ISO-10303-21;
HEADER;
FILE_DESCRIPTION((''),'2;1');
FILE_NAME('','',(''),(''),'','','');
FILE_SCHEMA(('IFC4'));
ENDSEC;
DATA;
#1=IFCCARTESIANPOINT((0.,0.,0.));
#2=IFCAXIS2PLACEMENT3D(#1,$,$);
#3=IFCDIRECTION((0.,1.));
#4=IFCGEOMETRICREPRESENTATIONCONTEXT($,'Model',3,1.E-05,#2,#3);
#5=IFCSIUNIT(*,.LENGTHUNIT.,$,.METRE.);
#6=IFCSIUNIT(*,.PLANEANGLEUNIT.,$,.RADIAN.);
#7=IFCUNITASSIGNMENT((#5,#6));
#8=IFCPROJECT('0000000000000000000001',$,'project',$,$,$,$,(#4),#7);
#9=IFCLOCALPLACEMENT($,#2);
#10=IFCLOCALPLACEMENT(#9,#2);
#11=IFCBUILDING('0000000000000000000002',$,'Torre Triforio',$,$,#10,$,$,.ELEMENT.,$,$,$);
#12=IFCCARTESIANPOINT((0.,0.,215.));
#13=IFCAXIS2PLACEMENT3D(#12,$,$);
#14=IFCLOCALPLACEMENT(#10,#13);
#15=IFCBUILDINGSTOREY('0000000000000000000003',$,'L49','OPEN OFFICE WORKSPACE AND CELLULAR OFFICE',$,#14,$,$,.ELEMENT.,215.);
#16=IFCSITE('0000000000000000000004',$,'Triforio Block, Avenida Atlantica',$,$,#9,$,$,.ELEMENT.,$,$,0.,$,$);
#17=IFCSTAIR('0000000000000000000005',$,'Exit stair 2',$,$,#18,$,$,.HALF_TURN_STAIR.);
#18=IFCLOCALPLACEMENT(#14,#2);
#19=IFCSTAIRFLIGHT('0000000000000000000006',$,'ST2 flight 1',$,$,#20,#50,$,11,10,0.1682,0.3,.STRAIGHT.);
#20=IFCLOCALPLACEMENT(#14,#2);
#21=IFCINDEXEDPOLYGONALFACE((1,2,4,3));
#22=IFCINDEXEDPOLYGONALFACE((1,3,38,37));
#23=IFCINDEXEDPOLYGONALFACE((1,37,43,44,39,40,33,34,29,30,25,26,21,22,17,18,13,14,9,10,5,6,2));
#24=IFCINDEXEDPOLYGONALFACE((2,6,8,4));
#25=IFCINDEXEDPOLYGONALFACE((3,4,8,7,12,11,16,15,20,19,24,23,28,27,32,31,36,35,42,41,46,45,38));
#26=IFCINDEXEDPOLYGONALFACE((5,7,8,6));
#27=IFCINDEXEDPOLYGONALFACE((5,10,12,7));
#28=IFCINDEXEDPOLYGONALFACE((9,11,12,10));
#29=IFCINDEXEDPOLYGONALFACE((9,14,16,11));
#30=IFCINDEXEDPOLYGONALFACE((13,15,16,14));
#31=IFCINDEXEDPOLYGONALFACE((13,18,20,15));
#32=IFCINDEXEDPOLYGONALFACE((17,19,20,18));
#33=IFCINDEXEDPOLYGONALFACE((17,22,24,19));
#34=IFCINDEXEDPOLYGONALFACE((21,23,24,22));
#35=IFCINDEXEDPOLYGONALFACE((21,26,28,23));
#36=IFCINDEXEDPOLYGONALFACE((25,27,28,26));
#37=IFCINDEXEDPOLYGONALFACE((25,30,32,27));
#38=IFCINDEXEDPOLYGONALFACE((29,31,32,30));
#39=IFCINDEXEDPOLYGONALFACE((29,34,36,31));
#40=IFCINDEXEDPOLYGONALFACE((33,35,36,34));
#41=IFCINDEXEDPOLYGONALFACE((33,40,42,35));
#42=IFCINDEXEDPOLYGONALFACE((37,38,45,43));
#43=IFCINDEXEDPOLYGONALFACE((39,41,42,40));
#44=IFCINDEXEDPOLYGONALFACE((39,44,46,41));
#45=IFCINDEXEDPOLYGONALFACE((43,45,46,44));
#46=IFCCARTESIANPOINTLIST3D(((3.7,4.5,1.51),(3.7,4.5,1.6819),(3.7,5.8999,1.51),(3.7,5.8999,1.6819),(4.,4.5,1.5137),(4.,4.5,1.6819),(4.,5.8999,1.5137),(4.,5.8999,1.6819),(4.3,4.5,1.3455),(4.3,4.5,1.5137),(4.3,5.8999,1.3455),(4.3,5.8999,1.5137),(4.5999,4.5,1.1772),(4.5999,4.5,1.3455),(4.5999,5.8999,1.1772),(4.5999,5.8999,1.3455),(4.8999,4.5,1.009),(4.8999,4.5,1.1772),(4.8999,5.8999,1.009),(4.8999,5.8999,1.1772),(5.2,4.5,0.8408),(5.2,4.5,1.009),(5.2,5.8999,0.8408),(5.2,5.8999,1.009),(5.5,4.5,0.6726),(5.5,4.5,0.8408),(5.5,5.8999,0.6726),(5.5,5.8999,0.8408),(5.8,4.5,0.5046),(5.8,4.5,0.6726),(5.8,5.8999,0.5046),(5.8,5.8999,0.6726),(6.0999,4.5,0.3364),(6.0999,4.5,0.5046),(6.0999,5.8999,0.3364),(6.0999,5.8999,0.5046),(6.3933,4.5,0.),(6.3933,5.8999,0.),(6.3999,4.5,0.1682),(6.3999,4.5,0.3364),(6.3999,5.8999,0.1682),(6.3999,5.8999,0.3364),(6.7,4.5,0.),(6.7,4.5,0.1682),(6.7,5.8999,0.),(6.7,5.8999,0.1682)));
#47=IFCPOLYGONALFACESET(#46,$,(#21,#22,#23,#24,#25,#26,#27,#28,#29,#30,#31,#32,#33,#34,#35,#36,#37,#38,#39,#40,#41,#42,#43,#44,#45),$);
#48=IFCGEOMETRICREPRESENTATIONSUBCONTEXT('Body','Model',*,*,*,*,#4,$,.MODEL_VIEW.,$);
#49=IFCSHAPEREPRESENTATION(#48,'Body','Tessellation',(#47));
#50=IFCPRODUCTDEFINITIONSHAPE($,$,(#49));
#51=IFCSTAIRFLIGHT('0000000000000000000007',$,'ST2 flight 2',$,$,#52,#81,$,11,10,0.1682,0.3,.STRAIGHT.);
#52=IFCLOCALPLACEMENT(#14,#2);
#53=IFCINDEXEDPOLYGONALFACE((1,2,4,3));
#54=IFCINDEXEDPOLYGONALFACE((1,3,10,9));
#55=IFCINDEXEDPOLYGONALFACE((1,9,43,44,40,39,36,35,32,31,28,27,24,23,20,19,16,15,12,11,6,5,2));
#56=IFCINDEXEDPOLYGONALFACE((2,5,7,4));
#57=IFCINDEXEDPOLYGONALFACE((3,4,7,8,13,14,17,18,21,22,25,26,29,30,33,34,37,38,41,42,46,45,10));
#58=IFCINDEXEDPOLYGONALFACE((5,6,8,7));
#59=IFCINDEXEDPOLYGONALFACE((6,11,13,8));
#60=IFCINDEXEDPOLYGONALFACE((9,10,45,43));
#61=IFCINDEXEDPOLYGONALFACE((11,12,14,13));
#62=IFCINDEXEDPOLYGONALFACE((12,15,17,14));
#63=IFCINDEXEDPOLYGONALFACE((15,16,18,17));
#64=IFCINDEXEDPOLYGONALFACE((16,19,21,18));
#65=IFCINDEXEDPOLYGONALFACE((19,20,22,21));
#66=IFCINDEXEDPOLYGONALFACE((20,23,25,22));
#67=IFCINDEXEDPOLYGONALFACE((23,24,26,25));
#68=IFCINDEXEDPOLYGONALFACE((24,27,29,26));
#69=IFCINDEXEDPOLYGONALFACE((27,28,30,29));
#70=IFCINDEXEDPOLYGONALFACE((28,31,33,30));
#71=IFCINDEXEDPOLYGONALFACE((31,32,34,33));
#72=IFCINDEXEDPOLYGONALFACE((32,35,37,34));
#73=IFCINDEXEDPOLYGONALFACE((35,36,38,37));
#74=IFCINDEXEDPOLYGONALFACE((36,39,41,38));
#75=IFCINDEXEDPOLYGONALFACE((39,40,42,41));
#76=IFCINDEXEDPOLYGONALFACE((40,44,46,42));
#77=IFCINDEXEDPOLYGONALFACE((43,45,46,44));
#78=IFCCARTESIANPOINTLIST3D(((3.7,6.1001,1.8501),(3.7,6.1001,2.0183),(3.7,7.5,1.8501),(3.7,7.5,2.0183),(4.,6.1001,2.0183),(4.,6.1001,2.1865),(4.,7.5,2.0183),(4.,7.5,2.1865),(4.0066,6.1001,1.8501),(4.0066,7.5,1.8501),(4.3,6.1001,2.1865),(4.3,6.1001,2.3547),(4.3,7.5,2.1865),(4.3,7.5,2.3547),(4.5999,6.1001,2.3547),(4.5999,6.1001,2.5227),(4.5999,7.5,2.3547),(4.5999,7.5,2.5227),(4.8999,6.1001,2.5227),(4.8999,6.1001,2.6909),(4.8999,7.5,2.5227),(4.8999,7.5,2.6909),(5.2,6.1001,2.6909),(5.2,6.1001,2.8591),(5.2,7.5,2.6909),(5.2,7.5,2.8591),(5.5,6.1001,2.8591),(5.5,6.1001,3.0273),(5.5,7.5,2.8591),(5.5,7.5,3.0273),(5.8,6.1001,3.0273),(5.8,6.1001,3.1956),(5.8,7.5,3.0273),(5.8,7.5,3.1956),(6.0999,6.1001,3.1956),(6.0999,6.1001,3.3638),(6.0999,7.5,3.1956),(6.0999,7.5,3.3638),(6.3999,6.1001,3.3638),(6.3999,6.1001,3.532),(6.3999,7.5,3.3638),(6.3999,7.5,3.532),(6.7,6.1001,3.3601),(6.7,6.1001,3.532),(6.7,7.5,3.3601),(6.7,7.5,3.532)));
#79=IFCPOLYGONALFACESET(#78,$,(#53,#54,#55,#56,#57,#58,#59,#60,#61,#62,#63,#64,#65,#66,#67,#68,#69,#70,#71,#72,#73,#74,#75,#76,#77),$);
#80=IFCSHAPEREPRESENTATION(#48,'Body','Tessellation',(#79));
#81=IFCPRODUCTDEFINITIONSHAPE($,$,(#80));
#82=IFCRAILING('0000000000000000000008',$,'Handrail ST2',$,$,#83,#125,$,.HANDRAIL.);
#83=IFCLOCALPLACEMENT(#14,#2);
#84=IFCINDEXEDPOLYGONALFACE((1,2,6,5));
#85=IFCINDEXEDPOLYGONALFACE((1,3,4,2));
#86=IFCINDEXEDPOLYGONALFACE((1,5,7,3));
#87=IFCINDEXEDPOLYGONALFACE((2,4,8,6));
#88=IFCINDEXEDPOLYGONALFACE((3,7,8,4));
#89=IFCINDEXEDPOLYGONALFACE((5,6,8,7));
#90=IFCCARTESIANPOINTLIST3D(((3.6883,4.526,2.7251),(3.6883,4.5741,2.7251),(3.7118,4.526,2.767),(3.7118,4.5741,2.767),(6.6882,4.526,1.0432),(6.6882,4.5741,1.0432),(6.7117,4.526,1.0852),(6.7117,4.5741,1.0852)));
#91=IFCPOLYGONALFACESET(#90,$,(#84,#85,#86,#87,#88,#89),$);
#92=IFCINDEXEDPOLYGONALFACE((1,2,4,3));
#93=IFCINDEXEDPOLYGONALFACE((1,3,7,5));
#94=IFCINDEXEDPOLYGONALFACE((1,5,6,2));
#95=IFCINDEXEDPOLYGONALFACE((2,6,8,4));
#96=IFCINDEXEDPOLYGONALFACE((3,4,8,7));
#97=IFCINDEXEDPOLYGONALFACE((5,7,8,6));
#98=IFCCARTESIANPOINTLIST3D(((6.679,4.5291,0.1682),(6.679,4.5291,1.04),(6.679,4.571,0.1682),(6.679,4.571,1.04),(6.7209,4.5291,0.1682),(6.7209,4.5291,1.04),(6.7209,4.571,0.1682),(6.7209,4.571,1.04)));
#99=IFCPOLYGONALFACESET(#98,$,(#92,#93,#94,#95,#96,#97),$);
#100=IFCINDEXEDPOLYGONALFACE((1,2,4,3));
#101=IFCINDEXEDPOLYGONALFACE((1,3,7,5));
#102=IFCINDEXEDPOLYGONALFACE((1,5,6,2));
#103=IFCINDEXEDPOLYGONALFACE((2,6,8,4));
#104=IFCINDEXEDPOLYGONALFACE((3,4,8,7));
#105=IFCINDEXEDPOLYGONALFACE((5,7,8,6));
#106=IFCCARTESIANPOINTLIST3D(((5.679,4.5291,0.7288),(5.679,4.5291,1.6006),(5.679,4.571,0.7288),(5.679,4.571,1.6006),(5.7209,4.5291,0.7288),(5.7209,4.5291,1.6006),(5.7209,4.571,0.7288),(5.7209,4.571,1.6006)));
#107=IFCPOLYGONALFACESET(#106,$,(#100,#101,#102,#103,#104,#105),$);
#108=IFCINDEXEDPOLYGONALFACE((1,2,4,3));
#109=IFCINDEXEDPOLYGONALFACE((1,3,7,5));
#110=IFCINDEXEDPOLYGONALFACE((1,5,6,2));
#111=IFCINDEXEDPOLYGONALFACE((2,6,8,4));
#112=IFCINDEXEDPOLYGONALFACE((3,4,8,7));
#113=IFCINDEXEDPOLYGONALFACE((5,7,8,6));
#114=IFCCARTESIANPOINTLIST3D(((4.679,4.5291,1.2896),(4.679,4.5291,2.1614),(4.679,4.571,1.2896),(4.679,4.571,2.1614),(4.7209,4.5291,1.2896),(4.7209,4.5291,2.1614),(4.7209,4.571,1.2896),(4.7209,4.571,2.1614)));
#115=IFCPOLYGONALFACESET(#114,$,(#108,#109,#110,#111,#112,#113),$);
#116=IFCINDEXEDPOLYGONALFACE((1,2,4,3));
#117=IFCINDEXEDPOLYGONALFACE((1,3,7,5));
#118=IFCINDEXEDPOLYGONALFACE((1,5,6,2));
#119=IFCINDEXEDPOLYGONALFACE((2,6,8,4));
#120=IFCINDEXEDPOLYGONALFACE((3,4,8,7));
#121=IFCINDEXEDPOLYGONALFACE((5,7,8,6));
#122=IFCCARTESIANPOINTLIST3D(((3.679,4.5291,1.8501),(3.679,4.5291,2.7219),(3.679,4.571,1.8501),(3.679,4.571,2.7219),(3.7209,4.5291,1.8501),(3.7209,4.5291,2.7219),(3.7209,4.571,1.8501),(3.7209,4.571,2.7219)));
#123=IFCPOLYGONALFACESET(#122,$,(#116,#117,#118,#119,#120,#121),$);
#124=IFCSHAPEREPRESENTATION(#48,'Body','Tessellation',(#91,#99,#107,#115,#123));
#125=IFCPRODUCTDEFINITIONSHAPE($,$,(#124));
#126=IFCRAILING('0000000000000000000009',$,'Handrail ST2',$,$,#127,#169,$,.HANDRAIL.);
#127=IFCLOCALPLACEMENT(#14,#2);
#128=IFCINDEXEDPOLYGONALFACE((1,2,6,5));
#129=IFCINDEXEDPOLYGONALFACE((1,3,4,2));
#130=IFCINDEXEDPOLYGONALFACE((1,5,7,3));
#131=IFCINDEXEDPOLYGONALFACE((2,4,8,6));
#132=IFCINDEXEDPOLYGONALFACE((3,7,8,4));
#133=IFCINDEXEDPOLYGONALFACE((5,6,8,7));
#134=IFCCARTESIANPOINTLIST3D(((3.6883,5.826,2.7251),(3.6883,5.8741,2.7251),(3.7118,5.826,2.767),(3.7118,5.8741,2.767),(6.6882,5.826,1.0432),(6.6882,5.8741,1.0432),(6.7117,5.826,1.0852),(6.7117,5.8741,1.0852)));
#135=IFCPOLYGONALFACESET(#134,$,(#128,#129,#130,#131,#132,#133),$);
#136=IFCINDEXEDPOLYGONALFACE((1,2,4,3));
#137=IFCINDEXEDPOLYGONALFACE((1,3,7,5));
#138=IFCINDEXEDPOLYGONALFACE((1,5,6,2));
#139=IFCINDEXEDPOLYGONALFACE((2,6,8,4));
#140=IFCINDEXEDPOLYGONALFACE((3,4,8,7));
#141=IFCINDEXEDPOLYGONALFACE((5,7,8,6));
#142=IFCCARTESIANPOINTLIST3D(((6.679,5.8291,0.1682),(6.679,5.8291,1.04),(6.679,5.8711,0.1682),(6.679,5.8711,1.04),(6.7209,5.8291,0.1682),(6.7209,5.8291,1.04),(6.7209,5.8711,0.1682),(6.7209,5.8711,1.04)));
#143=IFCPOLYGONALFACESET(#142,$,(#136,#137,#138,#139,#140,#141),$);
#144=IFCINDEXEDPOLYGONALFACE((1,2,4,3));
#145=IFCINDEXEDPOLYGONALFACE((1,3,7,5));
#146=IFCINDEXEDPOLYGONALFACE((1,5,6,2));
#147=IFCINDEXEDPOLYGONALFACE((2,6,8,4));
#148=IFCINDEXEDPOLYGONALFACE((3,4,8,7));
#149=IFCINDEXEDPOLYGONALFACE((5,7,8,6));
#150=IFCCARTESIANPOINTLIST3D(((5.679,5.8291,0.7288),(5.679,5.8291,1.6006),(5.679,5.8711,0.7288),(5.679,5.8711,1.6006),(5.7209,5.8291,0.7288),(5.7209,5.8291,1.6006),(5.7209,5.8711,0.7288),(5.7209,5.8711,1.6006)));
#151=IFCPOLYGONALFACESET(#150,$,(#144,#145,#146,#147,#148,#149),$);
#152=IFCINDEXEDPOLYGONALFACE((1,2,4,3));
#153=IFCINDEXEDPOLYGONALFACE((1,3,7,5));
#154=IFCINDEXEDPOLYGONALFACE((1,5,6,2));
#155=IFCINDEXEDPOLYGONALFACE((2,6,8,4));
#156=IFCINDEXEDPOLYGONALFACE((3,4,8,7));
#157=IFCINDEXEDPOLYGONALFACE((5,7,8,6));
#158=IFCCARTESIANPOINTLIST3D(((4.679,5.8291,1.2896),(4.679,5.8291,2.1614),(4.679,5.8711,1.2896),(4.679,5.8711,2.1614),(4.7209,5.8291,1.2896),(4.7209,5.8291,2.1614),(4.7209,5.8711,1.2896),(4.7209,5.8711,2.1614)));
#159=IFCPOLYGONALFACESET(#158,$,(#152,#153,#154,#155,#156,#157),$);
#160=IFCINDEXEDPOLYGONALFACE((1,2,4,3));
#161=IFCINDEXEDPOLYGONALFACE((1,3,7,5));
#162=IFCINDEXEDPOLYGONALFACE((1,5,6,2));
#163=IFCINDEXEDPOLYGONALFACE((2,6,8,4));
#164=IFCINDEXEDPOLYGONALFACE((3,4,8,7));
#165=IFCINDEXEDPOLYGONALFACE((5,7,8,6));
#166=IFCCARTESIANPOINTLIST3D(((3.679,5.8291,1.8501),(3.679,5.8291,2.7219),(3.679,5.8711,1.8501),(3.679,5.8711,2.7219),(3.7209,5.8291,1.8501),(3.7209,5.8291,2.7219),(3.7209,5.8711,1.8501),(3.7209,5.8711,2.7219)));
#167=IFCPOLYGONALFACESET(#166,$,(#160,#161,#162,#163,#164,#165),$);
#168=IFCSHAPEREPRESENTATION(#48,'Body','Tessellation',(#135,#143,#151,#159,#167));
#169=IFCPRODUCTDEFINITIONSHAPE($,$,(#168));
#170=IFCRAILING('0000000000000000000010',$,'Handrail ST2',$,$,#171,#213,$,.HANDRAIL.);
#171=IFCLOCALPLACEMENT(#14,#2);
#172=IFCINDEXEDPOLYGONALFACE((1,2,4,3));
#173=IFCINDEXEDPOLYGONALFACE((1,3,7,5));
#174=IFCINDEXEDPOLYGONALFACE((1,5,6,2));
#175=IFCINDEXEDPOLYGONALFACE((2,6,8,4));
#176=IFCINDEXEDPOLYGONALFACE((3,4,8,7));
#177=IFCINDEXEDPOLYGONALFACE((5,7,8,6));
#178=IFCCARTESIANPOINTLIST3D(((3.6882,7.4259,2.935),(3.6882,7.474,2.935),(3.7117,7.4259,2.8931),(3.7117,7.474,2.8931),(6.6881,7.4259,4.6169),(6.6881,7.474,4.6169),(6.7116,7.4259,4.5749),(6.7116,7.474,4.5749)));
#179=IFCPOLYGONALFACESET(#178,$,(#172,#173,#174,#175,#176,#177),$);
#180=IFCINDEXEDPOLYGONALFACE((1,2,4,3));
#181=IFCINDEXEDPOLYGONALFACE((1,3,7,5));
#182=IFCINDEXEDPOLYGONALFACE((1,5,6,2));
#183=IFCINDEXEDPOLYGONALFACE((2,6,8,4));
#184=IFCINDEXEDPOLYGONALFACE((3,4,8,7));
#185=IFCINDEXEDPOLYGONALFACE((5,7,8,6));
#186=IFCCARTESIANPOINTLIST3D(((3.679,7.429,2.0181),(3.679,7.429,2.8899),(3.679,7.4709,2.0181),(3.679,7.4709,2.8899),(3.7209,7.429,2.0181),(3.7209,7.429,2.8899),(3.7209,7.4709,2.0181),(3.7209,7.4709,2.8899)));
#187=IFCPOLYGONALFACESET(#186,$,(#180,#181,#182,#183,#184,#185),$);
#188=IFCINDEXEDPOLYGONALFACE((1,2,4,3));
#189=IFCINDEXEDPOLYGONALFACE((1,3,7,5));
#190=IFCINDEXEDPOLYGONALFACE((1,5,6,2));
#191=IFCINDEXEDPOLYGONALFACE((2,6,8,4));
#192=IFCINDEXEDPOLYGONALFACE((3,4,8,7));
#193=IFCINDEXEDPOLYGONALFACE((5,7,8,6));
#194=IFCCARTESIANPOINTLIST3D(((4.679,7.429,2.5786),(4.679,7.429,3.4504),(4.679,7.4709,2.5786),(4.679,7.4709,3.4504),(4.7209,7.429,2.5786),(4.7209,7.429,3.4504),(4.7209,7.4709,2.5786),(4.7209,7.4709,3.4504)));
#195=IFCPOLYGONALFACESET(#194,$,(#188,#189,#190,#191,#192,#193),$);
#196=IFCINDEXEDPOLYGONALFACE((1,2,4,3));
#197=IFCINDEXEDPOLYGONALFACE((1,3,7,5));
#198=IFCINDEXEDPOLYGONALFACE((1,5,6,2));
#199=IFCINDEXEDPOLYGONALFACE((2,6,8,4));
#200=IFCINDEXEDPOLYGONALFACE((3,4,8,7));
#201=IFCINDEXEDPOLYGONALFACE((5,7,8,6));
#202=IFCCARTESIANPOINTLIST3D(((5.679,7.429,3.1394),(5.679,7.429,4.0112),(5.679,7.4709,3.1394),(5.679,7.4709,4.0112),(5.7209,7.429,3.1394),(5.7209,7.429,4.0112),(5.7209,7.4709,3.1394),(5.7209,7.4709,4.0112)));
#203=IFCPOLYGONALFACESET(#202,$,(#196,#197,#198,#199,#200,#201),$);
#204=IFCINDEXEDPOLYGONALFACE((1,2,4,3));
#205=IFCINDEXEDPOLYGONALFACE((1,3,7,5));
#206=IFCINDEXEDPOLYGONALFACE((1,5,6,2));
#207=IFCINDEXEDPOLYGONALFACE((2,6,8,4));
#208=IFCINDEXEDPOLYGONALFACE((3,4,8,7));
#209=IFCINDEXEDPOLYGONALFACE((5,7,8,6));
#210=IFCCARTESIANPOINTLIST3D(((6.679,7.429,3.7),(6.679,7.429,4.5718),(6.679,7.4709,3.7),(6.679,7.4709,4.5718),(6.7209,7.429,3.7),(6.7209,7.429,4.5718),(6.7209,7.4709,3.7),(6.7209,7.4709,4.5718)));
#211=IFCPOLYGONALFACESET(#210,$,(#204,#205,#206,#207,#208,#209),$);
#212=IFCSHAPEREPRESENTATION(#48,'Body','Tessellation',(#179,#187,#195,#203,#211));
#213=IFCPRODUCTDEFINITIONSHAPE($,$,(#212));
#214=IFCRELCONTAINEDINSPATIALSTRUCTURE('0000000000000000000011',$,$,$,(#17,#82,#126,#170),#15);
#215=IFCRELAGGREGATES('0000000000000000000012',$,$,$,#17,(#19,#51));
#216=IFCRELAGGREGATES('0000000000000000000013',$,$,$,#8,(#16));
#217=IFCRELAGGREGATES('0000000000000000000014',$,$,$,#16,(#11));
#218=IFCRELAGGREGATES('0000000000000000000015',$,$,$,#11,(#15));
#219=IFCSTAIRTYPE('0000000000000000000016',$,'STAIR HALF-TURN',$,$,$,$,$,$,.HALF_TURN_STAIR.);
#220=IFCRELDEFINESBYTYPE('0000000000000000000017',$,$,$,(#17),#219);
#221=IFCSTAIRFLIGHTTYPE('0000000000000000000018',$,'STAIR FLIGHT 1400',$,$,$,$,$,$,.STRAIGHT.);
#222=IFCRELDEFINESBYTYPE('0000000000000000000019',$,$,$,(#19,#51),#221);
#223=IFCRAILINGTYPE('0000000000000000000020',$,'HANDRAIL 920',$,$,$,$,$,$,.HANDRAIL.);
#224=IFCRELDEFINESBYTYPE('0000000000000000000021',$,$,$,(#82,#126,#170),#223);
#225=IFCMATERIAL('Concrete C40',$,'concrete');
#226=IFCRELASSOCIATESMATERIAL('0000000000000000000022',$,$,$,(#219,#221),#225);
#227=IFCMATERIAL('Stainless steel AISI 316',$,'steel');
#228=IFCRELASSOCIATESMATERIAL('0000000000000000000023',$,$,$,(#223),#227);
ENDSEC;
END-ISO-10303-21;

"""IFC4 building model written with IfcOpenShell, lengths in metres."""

from ifc_helpers import new_model, si_unit, direction, frame, origin, origin_2d, place, context, subcontext, project, spatial, polyline, rectangle, outline, extrude, material, type_object, element, aggregate, save


model = new_model("IFC4")

# Units and contexts
model_context = context("Model", 3, precision=1e-05, world=origin(), true_north=direction((0.0, 1.0)))
body_context = subcontext(model_context, "Body", "Model", "MODEL_VIEW")
ifc_project = project(units=[si_unit("LENGTHUNIT", "METRE"), si_unit("PLANEANGLEUNIT", "RADIAN")], contexts=[model_context])

# Site, building, storey
site_placement = place(None, origin())
site = spatial("IfcSite", under=ifc_project, at=site_placement, Name="Triforio Block, Avenida Atlantica", CompositionType="ELEMENT", RefElevation=0.0)
building_placement = place(site_placement, origin())
building = spatial("IfcBuilding", under=site, at=building_placement, Name="Torre Triforio", CompositionType="ELEMENT")
storey_placement = place(building_placement, frame((0.0, 0.0, 215.0)))
storey = spatial("IfcBuildingStorey", under=building, at=storey_placement, Name="L49", Description="OPEN OFFICE WORKSPACE AND CELLULAR OFFICE", CompositionType="ELEMENT", Elevation=215.0)

# Stair
ifc_material_1 = material(Name="Concrete C40", Category="concrete")
stair_type = type_object("IfcStairType", Name="STAIR HALF-TURN", PredefinedType="HALF_TURN_STAIR", material=ifc_material_1)
stair_1_placement = place(storey_placement, origin())
stair_1 = element("IfcStair", 1, at=stair_1_placement, inside=storey, type_object=stair_type, Name="Exit stair 2", PredefinedType="HALF_TURN_STAIR")

# Stair flights
stair_flight_type = type_object("IfcStairFlightType", Name="STAIR FLIGHT 1400", PredefinedType="STRAIGHT", material=ifc_material_1)
stair_flight_1_placement = place(storey_placement, frame((6.7, 5.2, 0.0), z_axis=(0.0, 0.0, 1.0), x_axis=(-1.0, 0.0, 0.0)))
stair_flight_1 = element("IfcStairFlight", 2, at=stair_flight_1_placement, type_object=stair_flight_type, Name="ST2 flight 1", NumberOfRisers=11, NumberOfTreads=10, PredefinedType="STRAIGHT", RiserHeight=0.1682, TreadLength=0.3, context=body_context, shape_type="SweptSolid", body=[
    extrude(outline(polyline([(0.0, 0.0), (0.0, 0.1682), (0.3, 0.1682), (0.3, 0.3364), (0.6001, 0.3364), (0.6001, 0.5046), (0.8999, 0.5046), (0.8999, 0.6726), (1.2, 0.6726), (1.2, 0.8408), (1.5, 0.8408), (1.5, 1.009), (1.8, 1.009), (1.8, 1.1772), (2.1001, 1.1772), (2.1001, 1.3455), (2.3999, 1.3455), (2.3999, 1.5137), (2.7, 1.5137), (2.7, 1.6819), (3.0, 1.6819), (3.0, 1.8501), (3.0, 1.51), (0.3066, 0.0), (0.0, 0.0)])), frame((0.0, 0.7, 0.0), z_axis=(0.0, -1.0, 0.0), x_axis=(1.0, 0.0, 0.0)), (0.0, 0.0, 1.0), 1.3999),
])
stair_flight_2_placement = place(storey_placement, frame((3.7, 6.8, 1.8501), z_axis=(0.0, 0.0, 1.0), x_axis=(1.0, 0.0, 0.0)))
stair_flight_2 = element("IfcStairFlight", 3, at=stair_flight_2_placement, type_object=stair_flight_type, Name="ST2 flight 2", NumberOfRisers=11, NumberOfTreads=10, PredefinedType="STRAIGHT", RiserHeight=0.1682, TreadLength=0.3, context=body_context, shape_type="SweptSolid", body=[
    extrude(outline(polyline([(0.0, 0.0), (0.0, 0.1682), (0.3, 0.1682), (0.3, 0.3364), (0.6001, 0.3364), (0.6001, 0.5046), (0.8999, 0.5046), (0.8999, 0.6726), (1.2, 0.6726), (1.2, 0.8408), (1.5, 0.8408), (1.5, 1.009), (1.8, 1.009), (1.8, 1.1772), (2.1001, 1.1772), (2.1001, 1.3455), (2.3999, 1.3455), (2.3999, 1.5137), (2.7, 1.5137), (2.7, 1.6819), (3.0, 1.6819), (3.0, 1.8501), (3.0, 1.51), (0.3066, 0.0), (0.0, 0.0)])), frame((0.0, 0.7, 0.0), z_axis=(0.0, -1.0, 0.0), x_axis=(1.0, 0.0, 0.0)), (0.0, 0.0, 1.0), 1.3999),
])
aggregate(stair_1, [stair_flight_1, stair_flight_2])

# Railings
ifc_material_2 = material(Name="Stainless steel AISI 316", Category="steel")
railing_type = type_object("IfcRailingType", Name="HANDRAIL 920", PredefinedType="HANDRAIL", material=ifc_material_2)
for number, where, name in (
    (4, (6.7, 4.55, 0.1682), "Handrail ST2"),
    (5, (6.7, 5.8501, 0.1682), "Handrail ST2"),
):
    element("IfcRailing", number, at=place(storey_placement, frame(where)), inside=storey, type_object=railing_type, Name=name, PredefinedType="HANDRAIL", context=body_context, shape_type="SweptSolid", body=[
        extrude(rectangle(XDim=0.0481, YDim=0.0481, at=origin_2d()), frame((0.0, 0.0, 0.896), z_axis=(-0.872272, 0.0, 0.48902), x_axis=(0.0, -1.0, 0.0)), (0.0, 0.0, 1.0), 3.4392),
        extrude(rectangle(XDim=0.042, YDim=0.042, at=origin_2d()), origin(), (0.0, 0.0, 1.0), 0.8718),
        extrude(rectangle(XDim=0.042, YDim=0.042, at=origin_2d()), frame((-1.0, 0.0, 0.5605)), (0.0, 0.0, 1.0), 0.8718),
        extrude(rectangle(XDim=0.042, YDim=0.042, at=origin_2d()), frame((-2.0, 0.0, 1.1213)), (0.0, 0.0, 1.0), 0.8718),
        extrude(rectangle(XDim=0.042, YDim=0.042, at=origin_2d()), frame((-3.0, 0.0, 1.6819)), (0.0, 0.0, 1.0), 0.8718),
    ])
for number, where, name in (
    (6, (3.7, 7.45, 2.0181), "Handrail ST2"),
):
    element("IfcRailing", number, at=place(storey_placement, frame(where)), inside=storey, type_object=railing_type, Name=name, PredefinedType="HANDRAIL", context=body_context, shape_type="SweptSolid", body=[
        extrude(rectangle(XDim=0.0481, YDim=0.0481, at=origin_2d()), frame((0.0, 0.0, 0.896), z_axis=(0.872272, 0.0, 0.48902), x_axis=(0.0, 1.0, 0.0)), (0.0, 0.0, 1.0), 3.4392),
        extrude(rectangle(XDim=0.042, YDim=0.042, at=origin_2d()), origin(), (0.0, 0.0, 1.0), 0.8718),
        extrude(rectangle(XDim=0.042, YDim=0.042, at=origin_2d()), frame((1.0, 0.0, 0.5605)), (0.0, 0.0, 1.0), 0.8718),
        extrude(rectangle(XDim=0.042, YDim=0.042, at=origin_2d()), frame((2.0, 0.0, 1.1213)), (0.0, 0.0, 1.0), 0.8718),
        extrude(rectangle(XDim=0.042, YDim=0.042, at=origin_2d()), frame((3.0, 0.0, 1.6819)), (0.0, 0.0, 1.0), 0.8718),
    ])

save(model, "model.ifc")
